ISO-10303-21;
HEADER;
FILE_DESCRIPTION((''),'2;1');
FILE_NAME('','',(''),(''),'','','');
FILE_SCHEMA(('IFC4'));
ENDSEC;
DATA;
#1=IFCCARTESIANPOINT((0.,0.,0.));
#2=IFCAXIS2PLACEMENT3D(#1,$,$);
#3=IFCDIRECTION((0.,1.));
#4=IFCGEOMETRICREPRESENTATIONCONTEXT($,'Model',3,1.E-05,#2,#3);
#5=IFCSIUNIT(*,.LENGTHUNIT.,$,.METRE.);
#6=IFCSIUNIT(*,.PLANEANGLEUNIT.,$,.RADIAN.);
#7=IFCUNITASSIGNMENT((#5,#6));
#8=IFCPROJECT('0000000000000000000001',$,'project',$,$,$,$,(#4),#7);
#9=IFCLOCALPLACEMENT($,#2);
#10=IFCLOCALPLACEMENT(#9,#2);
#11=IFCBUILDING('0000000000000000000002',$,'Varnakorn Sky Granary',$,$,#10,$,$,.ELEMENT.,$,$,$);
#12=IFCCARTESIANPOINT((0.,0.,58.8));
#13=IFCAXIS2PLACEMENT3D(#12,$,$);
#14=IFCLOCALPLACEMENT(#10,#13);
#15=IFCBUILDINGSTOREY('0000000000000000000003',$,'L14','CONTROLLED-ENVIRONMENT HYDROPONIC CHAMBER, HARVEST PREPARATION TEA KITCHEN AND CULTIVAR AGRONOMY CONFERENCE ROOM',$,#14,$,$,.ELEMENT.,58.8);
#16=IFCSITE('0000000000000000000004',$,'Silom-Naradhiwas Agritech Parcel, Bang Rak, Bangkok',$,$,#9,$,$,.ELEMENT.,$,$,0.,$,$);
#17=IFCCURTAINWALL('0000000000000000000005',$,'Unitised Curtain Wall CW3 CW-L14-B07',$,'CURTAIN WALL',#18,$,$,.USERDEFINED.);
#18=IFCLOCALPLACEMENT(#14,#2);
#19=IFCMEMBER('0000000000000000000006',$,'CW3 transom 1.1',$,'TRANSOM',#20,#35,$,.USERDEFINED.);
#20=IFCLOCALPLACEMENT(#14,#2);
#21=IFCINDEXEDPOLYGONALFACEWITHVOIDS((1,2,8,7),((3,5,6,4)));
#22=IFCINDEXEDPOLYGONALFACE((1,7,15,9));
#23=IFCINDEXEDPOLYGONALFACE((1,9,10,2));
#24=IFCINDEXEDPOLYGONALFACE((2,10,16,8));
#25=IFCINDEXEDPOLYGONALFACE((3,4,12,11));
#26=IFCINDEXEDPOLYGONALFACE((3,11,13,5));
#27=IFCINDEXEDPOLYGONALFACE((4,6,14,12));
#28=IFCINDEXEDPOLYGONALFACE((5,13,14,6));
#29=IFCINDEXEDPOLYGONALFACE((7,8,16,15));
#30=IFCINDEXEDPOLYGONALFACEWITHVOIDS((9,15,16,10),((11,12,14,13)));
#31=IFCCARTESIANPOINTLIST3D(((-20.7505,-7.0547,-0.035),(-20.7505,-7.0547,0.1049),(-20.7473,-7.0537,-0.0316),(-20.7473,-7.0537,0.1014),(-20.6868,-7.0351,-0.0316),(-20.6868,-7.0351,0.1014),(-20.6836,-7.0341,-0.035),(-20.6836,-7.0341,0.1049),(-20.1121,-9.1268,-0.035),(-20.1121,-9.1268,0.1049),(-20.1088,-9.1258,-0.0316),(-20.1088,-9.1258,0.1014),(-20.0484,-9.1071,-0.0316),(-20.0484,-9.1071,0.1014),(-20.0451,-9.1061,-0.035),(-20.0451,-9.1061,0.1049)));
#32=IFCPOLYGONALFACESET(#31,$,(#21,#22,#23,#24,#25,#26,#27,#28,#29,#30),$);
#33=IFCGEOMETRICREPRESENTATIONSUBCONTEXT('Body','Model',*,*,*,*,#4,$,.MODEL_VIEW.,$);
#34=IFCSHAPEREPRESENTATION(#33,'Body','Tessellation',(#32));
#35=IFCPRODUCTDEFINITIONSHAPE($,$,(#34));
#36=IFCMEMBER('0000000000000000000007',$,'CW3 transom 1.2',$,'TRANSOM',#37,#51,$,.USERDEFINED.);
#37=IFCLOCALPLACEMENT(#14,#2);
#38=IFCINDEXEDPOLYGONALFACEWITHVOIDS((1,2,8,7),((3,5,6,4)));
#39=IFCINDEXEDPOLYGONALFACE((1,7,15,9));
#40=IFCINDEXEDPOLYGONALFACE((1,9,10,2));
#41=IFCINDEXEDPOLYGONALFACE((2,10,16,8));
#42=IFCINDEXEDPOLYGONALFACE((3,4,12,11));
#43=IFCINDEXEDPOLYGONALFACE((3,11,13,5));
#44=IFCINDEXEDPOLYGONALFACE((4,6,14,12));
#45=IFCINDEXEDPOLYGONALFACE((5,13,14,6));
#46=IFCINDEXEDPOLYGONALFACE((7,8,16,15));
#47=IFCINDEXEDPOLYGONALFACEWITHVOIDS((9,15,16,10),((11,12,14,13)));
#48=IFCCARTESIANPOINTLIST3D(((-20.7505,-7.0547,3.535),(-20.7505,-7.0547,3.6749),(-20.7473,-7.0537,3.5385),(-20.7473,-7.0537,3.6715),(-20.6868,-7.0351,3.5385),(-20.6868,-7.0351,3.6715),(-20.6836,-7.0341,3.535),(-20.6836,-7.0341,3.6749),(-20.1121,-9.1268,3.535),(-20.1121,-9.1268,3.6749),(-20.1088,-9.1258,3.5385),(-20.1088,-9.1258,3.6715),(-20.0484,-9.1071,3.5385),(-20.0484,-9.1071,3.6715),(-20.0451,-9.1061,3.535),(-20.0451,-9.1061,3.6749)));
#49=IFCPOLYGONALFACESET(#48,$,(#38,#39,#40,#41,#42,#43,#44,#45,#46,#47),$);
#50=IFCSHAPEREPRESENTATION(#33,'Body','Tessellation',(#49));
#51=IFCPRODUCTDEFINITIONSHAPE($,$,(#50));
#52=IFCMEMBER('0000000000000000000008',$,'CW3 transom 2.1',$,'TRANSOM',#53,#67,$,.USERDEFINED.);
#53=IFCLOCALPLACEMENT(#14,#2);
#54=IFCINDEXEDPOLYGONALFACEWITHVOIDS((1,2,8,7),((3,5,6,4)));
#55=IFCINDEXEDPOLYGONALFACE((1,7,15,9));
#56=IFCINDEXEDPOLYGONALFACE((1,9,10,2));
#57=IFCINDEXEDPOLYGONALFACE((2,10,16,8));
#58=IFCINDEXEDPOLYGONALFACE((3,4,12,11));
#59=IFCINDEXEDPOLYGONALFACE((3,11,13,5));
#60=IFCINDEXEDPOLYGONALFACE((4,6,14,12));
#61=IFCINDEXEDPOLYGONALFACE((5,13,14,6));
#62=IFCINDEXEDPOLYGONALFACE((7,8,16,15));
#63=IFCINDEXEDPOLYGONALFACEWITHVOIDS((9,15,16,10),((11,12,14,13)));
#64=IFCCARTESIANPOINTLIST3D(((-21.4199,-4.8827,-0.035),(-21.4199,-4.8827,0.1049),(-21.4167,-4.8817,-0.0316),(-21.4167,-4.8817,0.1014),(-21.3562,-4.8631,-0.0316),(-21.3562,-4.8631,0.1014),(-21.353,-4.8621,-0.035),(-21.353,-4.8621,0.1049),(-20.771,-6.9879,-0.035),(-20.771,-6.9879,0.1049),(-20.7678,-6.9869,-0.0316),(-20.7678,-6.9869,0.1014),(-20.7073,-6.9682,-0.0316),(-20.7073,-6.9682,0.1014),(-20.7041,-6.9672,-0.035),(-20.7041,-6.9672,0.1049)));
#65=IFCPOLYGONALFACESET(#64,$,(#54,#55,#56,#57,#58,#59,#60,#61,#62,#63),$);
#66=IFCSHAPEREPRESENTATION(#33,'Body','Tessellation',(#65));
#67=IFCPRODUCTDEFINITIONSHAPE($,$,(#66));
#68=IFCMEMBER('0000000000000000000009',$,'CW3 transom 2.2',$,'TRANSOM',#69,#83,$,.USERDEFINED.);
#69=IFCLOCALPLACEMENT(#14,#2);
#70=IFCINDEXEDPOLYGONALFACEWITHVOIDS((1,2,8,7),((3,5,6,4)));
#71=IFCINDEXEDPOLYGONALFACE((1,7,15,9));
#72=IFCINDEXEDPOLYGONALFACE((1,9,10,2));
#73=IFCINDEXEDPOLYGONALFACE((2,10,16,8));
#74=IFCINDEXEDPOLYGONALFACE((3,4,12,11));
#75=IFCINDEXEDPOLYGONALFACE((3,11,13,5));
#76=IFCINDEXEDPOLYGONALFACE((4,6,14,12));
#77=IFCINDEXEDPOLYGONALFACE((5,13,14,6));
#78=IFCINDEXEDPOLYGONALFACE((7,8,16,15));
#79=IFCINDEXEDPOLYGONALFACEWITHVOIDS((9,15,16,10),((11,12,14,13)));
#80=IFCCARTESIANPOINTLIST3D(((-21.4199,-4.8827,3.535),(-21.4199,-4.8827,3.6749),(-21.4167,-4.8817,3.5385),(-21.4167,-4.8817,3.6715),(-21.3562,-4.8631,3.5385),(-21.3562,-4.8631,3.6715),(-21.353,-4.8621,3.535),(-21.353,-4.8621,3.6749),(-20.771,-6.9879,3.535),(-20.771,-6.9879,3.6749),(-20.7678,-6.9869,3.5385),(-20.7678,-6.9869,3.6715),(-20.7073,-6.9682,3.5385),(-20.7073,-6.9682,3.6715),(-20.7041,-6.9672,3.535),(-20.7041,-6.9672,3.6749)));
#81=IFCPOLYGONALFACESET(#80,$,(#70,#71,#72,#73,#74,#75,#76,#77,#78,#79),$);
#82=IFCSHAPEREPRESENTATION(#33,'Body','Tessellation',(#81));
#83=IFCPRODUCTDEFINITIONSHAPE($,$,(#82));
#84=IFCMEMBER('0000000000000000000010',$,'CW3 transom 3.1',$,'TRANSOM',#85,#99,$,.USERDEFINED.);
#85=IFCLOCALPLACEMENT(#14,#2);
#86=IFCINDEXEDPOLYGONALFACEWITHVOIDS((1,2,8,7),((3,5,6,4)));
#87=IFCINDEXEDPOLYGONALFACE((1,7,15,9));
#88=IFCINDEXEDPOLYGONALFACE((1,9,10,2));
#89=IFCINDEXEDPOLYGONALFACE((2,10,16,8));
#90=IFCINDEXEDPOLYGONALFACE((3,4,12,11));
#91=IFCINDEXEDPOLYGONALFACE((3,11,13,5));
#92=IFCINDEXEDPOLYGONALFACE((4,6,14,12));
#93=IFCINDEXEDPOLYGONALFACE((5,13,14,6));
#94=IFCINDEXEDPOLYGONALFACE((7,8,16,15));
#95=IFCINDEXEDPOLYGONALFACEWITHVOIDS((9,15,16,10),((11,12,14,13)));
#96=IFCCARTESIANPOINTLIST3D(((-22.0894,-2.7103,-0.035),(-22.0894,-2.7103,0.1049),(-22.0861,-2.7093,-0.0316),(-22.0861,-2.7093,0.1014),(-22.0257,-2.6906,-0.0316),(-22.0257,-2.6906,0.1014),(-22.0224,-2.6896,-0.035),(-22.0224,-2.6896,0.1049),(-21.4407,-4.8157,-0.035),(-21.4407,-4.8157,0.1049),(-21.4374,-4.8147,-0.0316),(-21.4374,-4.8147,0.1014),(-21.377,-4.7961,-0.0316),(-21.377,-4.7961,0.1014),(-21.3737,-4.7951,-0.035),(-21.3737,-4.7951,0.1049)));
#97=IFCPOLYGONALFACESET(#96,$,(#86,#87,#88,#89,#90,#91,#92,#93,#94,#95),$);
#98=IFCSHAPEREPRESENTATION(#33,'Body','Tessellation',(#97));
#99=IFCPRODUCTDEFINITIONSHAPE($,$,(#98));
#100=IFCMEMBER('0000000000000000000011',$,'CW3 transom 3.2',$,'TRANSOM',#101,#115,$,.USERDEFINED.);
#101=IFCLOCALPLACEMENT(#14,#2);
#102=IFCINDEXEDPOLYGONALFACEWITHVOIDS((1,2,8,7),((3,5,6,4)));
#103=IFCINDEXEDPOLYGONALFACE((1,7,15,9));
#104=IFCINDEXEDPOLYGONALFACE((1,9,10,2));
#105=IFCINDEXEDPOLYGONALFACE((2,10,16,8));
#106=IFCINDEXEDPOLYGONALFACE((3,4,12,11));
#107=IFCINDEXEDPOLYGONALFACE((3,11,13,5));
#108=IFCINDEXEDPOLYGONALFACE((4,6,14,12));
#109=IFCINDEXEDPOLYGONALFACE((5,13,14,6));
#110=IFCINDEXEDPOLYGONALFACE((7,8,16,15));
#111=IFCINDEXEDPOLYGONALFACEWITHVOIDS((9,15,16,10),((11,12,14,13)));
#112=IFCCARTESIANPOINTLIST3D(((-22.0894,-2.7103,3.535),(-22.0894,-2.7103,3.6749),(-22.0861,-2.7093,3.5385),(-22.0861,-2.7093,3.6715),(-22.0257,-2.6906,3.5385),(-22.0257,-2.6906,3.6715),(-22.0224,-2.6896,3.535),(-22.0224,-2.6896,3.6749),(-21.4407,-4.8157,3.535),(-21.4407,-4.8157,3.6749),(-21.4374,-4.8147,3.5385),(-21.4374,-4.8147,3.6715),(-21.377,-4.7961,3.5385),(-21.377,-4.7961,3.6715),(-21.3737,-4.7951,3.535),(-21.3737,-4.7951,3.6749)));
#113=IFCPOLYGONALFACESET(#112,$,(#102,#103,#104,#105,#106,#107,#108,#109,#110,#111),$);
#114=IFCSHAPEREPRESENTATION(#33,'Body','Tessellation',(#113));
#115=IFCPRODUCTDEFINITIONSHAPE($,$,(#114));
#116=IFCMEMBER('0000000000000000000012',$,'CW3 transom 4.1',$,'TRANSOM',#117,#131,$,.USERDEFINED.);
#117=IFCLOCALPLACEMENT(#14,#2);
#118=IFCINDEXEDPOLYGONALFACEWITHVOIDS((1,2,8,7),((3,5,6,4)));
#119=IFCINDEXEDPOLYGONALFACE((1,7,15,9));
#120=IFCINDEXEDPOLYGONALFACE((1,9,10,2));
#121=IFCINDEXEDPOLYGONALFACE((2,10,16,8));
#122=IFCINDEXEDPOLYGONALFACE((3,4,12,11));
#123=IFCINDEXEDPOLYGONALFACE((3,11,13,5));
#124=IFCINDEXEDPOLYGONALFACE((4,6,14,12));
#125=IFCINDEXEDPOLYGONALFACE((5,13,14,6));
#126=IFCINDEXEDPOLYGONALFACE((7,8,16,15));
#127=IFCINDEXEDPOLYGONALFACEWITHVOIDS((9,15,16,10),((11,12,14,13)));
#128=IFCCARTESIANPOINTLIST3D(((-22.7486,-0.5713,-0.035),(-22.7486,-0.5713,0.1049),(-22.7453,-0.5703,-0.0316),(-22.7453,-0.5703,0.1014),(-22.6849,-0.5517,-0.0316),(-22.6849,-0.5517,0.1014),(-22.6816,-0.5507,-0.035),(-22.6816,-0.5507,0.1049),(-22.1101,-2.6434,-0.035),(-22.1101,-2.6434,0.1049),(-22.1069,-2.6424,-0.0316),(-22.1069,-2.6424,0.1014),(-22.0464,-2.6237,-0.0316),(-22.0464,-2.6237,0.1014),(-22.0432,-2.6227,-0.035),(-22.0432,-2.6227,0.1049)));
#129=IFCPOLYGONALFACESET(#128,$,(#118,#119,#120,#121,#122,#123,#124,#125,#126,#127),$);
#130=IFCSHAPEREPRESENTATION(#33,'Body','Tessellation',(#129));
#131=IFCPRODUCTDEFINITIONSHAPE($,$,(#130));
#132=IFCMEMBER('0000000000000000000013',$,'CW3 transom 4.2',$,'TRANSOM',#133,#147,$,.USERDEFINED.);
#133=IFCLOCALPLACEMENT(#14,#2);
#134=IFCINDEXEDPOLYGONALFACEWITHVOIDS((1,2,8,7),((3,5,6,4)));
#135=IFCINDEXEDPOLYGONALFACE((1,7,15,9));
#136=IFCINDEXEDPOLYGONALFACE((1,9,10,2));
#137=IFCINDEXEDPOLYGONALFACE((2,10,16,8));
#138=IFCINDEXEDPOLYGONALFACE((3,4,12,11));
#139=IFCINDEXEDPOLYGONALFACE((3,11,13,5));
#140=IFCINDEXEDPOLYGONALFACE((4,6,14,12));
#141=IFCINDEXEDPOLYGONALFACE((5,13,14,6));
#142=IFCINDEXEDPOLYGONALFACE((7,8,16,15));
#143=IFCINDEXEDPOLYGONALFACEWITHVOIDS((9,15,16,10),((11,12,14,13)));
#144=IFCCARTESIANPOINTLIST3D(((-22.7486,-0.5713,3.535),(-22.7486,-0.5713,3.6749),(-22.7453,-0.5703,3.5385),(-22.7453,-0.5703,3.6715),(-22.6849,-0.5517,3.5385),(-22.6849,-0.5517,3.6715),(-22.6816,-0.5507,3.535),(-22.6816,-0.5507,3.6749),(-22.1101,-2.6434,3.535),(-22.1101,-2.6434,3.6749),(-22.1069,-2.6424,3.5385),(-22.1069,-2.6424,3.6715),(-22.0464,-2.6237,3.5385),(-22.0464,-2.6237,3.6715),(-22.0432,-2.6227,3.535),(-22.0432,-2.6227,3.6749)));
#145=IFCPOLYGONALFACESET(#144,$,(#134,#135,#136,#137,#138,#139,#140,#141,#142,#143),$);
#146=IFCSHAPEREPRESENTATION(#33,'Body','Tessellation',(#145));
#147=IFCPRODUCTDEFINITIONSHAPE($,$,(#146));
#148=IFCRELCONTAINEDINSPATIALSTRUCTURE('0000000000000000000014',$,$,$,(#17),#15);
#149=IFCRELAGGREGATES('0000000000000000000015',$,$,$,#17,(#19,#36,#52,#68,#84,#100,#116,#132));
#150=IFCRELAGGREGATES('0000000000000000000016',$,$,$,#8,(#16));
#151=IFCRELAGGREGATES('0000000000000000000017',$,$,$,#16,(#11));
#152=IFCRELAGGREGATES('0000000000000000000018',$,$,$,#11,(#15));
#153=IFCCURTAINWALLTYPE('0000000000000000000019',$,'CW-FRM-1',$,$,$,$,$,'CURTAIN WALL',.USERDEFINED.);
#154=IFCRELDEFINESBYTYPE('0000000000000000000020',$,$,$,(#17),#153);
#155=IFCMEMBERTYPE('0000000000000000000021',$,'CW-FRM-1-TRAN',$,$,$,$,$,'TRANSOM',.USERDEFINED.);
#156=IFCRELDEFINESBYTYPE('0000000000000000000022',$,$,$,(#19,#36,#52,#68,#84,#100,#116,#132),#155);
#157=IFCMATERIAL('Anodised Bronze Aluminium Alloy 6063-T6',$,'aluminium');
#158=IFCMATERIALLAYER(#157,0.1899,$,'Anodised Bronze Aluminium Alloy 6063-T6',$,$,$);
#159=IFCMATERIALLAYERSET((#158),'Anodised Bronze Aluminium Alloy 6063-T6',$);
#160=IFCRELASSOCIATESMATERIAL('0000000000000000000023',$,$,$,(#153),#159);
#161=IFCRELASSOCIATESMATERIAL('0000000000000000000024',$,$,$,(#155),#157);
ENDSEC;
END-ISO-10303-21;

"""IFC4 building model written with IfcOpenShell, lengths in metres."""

from ifc_helpers import new_model, si_unit, direction, frame, origin, origin_2d, place, context, subcontext, project, spatial, hollow_rectangle, extrude, material, layer, layer_set, material_profile, profile_set, type_object, element, aggregate, save


model = new_model("IFC4")

# Units and contexts
model_context = context("Model", 3, precision=1e-05, world=origin(), true_north=direction((0.0, 1.0)))
body_context = subcontext(model_context, "Body", "Model", "MODEL_VIEW")
ifc_project = project(units=[si_unit("LENGTHUNIT", "METRE"), si_unit("PLANEANGLEUNIT", "RADIAN")], contexts=[model_context])

# Site, building, storey
site_placement = place(None, origin())
site = spatial("IfcSite", under=ifc_project, at=site_placement, Name="Silom-Naradhiwas Agritech Parcel, Bang Rak, Bangkok", CompositionType="ELEMENT", RefElevation=0.0)
building_placement = place(site_placement, origin())
building = spatial("IfcBuilding", under=site, at=building_placement, Name="Varnakorn Sky Granary", CompositionType="ELEMENT")
storey_placement = place(building_placement, frame((0.0, 0.0, 58.8)))
storey = spatial("IfcBuildingStorey", under=building, at=storey_placement, Name="L14", Description="CONTROLLED-ENVIRONMENT HYDROPONIC CHAMBER, HARVEST PREPARATION TEA KITCHEN AND CULTIVAR AGRONOMY CONFERENCE ROOM", CompositionType="ELEMENT", Elevation=58.8)

# Curtain wall, members
ifc_material_1 = material(Name="Anodised Bronze Aluminium Alloy 6063-T6", Category="aluminium")
ifc_layer_1 = layer(ifc_material_1, 0.1899, Name="Anodised Bronze Aluminium Alloy 6063-T6")
ifc_layer_set_1 = layer_set([ifc_layer_1], Name="Anodised Bronze Aluminium Alloy 6063-T6")
curtain_wall_type = type_object("IfcCurtainWallType", Name="CW-FRM-1", ElementType="CURTAIN WALL", PredefinedType="USERDEFINED", material=ifc_layer_set_1)
curtain_wall_placement = place(storey_placement, origin())
curtain_wall = element("IfcCurtainWall", 1, at=curtain_wall_placement, inside=storey, type_object=curtain_wall_type, Name="Unitised Curtain Wall CW3 CW-L14-B07", ObjectType="CURTAIN WALL", PredefinedType="USERDEFINED")
ifc_material_profile_1 = material_profile(ifc_material_1, hollow_rectangle(XDim=0.0701, YDim=0.1399, WallThickness=0.0034, at=origin_2d()), Name="ALU TRAN 70x140")
ifc_profile_set_1 = profile_set([ifc_material_profile_1], Name="Anodised Bronze Aluminium Alloy 6063-T6")
member_type_1 = type_object("IfcMemberType", Name="CW-FRM-1-TRAN", ElementType="TRANSOM", PredefinedType="USERDEFINED", material=ifc_profile_set_1)
member_1_placement = place(storey_placement, frame((-20.0786, -9.1165, 0.0349), z_axis=(-0.294458, 0.955665, 0.0), x_axis=(-0.955665, -0.294458, 0.0)))
member_1 = element("IfcMember", 2, at=member_1_placement, type_object=member_type_1, Name="CW3 transom 1.1", ObjectType="TRANSOM", PredefinedType="USERDEFINED", context=body_context, shape_type="SweptSolid", body=[
    extrude(hollow_rectangle(XDim=0.0701, YDim=0.1399, WallThickness=0.0034, at=origin_2d()), origin(), (0.0, 0.0, 1.0), 2.1682),
])
member_2_placement = place(storey_placement, frame((-20.0786, -9.1165, 3.605), z_axis=(-0.294458, 0.955665, 0.0), x_axis=(-0.955665, -0.294458, 0.0)))
member_2 = element("IfcMember", 3, at=member_2_placement, type_object=member_type_1, Name="CW3 transom 1.2", ObjectType="TRANSOM", PredefinedType="USERDEFINED", context=body_context, shape_type="SweptSolid", body=[
    extrude(hollow_rectangle(XDim=0.0701, YDim=0.1399, WallThickness=0.0034, at=origin_2d()), origin(), (0.0, 0.0, 1.0), 2.1682),
])
member_3_placement = place(storey_placement, frame((-20.7375, -6.9775, 0.0349), z_axis=(-0.294569, 0.95563, 0.0), x_axis=(-0.95563, -0.294569, 0.0)))
member_3 = element("IfcMember", 4, at=member_3_placement, type_object=member_type_1, Name="CW3 transom 2.1", ObjectType="TRANSOM", PredefinedType="USERDEFINED", context=body_context, shape_type="SweptSolid", body=[
    extrude(hollow_rectangle(XDim=0.0701, YDim=0.1399, WallThickness=0.0034, at=origin_2d()), origin(), (0.0, 0.0, 1.0), 2.2029),
])
member_4_placement = place(storey_placement, frame((-20.7375, -6.9775, 3.605), z_axis=(-0.294569, 0.95563, 0.0), x_axis=(-0.95563, -0.294569, 0.0)))
member_4 = element("IfcMember", 5, at=member_4_placement, type_object=member_type_1, Name="CW3 transom 2.2", ObjectType="TRANSOM", PredefinedType="USERDEFINED", context=body_context, shape_type="SweptSolid", body=[
    extrude(hollow_rectangle(XDim=0.0701, YDim=0.1399, WallThickness=0.0034, at=origin_2d()), origin(), (0.0, 0.0, 1.0), 2.2029),
])
member_5_placement = place(storey_placement, frame((-21.4072, -4.8054, 0.0349), z_axis=(-0.294436, 0.955671, 0.0), x_axis=(-0.955671, -0.294436, 0.0)))
member_5 = element("IfcMember", 6, at=member_5_placement, type_object=member_type_1, Name="CW3 transom 3.1", ObjectType="TRANSOM", PredefinedType="USERDEFINED", context=body_context, shape_type="SweptSolid", body=[
    extrude(hollow_rectangle(XDim=0.0701, YDim=0.1399, WallThickness=0.0034, at=origin_2d()), origin(), (0.0, 0.0, 1.0), 2.2031),
])
member_6_placement = place(storey_placement, frame((-21.4072, -4.8054, 3.605), z_axis=(-0.294436, 0.955671, 0.0), x_axis=(-0.955671, -0.294436, 0.0)))
member_6 = element("IfcMember", 7, at=member_6_placement, type_object=member_type_1, Name="CW3 transom 3.2", ObjectType="TRANSOM", PredefinedType="USERDEFINED", context=body_context, shape_type="SweptSolid", body=[
    extrude(hollow_rectangle(XDim=0.0701, YDim=0.1399, WallThickness=0.0034, at=origin_2d()), origin(), (0.0, 0.0, 1.0), 2.2031),
])
member_7_placement = place(storey_placement, frame((-22.0767, -2.6331, 0.0349), z_axis=(-0.294458, 0.955665, 0.0), x_axis=(-0.955665, -0.294458, 0.0)))
member_7 = element("IfcMember", 8, at=member_7_placement, type_object=member_type_1, Name="CW3 transom 4.1", ObjectType="TRANSOM", PredefinedType="USERDEFINED", context=body_context, shape_type="SweptSolid", body=[
    extrude(hollow_rectangle(XDim=0.0701, YDim=0.1399, WallThickness=0.0034, at=origin_2d()), origin(), (0.0, 0.0, 1.0), 2.1682),
])
member_8_placement = place(storey_placement, frame((-22.0767, -2.6331, 3.605), z_axis=(-0.294458, 0.955665, 0.0), x_axis=(-0.955665, -0.294458, 0.0)))
member_8 = element("IfcMember", 9, at=member_8_placement, type_object=member_type_1, Name="CW3 transom 4.2", ObjectType="TRANSOM", PredefinedType="USERDEFINED", context=body_context, shape_type="SweptSolid", body=[
    extrude(hollow_rectangle(XDim=0.0701, YDim=0.1399, WallThickness=0.0034, at=origin_2d()), origin(), (0.0, 0.0, 1.0), 2.1682),
])

aggregate(curtain_wall, [member_1, member_2, member_3, member_4, member_5, member_6, member_7, member_8])

save(model, "model.ifc")
